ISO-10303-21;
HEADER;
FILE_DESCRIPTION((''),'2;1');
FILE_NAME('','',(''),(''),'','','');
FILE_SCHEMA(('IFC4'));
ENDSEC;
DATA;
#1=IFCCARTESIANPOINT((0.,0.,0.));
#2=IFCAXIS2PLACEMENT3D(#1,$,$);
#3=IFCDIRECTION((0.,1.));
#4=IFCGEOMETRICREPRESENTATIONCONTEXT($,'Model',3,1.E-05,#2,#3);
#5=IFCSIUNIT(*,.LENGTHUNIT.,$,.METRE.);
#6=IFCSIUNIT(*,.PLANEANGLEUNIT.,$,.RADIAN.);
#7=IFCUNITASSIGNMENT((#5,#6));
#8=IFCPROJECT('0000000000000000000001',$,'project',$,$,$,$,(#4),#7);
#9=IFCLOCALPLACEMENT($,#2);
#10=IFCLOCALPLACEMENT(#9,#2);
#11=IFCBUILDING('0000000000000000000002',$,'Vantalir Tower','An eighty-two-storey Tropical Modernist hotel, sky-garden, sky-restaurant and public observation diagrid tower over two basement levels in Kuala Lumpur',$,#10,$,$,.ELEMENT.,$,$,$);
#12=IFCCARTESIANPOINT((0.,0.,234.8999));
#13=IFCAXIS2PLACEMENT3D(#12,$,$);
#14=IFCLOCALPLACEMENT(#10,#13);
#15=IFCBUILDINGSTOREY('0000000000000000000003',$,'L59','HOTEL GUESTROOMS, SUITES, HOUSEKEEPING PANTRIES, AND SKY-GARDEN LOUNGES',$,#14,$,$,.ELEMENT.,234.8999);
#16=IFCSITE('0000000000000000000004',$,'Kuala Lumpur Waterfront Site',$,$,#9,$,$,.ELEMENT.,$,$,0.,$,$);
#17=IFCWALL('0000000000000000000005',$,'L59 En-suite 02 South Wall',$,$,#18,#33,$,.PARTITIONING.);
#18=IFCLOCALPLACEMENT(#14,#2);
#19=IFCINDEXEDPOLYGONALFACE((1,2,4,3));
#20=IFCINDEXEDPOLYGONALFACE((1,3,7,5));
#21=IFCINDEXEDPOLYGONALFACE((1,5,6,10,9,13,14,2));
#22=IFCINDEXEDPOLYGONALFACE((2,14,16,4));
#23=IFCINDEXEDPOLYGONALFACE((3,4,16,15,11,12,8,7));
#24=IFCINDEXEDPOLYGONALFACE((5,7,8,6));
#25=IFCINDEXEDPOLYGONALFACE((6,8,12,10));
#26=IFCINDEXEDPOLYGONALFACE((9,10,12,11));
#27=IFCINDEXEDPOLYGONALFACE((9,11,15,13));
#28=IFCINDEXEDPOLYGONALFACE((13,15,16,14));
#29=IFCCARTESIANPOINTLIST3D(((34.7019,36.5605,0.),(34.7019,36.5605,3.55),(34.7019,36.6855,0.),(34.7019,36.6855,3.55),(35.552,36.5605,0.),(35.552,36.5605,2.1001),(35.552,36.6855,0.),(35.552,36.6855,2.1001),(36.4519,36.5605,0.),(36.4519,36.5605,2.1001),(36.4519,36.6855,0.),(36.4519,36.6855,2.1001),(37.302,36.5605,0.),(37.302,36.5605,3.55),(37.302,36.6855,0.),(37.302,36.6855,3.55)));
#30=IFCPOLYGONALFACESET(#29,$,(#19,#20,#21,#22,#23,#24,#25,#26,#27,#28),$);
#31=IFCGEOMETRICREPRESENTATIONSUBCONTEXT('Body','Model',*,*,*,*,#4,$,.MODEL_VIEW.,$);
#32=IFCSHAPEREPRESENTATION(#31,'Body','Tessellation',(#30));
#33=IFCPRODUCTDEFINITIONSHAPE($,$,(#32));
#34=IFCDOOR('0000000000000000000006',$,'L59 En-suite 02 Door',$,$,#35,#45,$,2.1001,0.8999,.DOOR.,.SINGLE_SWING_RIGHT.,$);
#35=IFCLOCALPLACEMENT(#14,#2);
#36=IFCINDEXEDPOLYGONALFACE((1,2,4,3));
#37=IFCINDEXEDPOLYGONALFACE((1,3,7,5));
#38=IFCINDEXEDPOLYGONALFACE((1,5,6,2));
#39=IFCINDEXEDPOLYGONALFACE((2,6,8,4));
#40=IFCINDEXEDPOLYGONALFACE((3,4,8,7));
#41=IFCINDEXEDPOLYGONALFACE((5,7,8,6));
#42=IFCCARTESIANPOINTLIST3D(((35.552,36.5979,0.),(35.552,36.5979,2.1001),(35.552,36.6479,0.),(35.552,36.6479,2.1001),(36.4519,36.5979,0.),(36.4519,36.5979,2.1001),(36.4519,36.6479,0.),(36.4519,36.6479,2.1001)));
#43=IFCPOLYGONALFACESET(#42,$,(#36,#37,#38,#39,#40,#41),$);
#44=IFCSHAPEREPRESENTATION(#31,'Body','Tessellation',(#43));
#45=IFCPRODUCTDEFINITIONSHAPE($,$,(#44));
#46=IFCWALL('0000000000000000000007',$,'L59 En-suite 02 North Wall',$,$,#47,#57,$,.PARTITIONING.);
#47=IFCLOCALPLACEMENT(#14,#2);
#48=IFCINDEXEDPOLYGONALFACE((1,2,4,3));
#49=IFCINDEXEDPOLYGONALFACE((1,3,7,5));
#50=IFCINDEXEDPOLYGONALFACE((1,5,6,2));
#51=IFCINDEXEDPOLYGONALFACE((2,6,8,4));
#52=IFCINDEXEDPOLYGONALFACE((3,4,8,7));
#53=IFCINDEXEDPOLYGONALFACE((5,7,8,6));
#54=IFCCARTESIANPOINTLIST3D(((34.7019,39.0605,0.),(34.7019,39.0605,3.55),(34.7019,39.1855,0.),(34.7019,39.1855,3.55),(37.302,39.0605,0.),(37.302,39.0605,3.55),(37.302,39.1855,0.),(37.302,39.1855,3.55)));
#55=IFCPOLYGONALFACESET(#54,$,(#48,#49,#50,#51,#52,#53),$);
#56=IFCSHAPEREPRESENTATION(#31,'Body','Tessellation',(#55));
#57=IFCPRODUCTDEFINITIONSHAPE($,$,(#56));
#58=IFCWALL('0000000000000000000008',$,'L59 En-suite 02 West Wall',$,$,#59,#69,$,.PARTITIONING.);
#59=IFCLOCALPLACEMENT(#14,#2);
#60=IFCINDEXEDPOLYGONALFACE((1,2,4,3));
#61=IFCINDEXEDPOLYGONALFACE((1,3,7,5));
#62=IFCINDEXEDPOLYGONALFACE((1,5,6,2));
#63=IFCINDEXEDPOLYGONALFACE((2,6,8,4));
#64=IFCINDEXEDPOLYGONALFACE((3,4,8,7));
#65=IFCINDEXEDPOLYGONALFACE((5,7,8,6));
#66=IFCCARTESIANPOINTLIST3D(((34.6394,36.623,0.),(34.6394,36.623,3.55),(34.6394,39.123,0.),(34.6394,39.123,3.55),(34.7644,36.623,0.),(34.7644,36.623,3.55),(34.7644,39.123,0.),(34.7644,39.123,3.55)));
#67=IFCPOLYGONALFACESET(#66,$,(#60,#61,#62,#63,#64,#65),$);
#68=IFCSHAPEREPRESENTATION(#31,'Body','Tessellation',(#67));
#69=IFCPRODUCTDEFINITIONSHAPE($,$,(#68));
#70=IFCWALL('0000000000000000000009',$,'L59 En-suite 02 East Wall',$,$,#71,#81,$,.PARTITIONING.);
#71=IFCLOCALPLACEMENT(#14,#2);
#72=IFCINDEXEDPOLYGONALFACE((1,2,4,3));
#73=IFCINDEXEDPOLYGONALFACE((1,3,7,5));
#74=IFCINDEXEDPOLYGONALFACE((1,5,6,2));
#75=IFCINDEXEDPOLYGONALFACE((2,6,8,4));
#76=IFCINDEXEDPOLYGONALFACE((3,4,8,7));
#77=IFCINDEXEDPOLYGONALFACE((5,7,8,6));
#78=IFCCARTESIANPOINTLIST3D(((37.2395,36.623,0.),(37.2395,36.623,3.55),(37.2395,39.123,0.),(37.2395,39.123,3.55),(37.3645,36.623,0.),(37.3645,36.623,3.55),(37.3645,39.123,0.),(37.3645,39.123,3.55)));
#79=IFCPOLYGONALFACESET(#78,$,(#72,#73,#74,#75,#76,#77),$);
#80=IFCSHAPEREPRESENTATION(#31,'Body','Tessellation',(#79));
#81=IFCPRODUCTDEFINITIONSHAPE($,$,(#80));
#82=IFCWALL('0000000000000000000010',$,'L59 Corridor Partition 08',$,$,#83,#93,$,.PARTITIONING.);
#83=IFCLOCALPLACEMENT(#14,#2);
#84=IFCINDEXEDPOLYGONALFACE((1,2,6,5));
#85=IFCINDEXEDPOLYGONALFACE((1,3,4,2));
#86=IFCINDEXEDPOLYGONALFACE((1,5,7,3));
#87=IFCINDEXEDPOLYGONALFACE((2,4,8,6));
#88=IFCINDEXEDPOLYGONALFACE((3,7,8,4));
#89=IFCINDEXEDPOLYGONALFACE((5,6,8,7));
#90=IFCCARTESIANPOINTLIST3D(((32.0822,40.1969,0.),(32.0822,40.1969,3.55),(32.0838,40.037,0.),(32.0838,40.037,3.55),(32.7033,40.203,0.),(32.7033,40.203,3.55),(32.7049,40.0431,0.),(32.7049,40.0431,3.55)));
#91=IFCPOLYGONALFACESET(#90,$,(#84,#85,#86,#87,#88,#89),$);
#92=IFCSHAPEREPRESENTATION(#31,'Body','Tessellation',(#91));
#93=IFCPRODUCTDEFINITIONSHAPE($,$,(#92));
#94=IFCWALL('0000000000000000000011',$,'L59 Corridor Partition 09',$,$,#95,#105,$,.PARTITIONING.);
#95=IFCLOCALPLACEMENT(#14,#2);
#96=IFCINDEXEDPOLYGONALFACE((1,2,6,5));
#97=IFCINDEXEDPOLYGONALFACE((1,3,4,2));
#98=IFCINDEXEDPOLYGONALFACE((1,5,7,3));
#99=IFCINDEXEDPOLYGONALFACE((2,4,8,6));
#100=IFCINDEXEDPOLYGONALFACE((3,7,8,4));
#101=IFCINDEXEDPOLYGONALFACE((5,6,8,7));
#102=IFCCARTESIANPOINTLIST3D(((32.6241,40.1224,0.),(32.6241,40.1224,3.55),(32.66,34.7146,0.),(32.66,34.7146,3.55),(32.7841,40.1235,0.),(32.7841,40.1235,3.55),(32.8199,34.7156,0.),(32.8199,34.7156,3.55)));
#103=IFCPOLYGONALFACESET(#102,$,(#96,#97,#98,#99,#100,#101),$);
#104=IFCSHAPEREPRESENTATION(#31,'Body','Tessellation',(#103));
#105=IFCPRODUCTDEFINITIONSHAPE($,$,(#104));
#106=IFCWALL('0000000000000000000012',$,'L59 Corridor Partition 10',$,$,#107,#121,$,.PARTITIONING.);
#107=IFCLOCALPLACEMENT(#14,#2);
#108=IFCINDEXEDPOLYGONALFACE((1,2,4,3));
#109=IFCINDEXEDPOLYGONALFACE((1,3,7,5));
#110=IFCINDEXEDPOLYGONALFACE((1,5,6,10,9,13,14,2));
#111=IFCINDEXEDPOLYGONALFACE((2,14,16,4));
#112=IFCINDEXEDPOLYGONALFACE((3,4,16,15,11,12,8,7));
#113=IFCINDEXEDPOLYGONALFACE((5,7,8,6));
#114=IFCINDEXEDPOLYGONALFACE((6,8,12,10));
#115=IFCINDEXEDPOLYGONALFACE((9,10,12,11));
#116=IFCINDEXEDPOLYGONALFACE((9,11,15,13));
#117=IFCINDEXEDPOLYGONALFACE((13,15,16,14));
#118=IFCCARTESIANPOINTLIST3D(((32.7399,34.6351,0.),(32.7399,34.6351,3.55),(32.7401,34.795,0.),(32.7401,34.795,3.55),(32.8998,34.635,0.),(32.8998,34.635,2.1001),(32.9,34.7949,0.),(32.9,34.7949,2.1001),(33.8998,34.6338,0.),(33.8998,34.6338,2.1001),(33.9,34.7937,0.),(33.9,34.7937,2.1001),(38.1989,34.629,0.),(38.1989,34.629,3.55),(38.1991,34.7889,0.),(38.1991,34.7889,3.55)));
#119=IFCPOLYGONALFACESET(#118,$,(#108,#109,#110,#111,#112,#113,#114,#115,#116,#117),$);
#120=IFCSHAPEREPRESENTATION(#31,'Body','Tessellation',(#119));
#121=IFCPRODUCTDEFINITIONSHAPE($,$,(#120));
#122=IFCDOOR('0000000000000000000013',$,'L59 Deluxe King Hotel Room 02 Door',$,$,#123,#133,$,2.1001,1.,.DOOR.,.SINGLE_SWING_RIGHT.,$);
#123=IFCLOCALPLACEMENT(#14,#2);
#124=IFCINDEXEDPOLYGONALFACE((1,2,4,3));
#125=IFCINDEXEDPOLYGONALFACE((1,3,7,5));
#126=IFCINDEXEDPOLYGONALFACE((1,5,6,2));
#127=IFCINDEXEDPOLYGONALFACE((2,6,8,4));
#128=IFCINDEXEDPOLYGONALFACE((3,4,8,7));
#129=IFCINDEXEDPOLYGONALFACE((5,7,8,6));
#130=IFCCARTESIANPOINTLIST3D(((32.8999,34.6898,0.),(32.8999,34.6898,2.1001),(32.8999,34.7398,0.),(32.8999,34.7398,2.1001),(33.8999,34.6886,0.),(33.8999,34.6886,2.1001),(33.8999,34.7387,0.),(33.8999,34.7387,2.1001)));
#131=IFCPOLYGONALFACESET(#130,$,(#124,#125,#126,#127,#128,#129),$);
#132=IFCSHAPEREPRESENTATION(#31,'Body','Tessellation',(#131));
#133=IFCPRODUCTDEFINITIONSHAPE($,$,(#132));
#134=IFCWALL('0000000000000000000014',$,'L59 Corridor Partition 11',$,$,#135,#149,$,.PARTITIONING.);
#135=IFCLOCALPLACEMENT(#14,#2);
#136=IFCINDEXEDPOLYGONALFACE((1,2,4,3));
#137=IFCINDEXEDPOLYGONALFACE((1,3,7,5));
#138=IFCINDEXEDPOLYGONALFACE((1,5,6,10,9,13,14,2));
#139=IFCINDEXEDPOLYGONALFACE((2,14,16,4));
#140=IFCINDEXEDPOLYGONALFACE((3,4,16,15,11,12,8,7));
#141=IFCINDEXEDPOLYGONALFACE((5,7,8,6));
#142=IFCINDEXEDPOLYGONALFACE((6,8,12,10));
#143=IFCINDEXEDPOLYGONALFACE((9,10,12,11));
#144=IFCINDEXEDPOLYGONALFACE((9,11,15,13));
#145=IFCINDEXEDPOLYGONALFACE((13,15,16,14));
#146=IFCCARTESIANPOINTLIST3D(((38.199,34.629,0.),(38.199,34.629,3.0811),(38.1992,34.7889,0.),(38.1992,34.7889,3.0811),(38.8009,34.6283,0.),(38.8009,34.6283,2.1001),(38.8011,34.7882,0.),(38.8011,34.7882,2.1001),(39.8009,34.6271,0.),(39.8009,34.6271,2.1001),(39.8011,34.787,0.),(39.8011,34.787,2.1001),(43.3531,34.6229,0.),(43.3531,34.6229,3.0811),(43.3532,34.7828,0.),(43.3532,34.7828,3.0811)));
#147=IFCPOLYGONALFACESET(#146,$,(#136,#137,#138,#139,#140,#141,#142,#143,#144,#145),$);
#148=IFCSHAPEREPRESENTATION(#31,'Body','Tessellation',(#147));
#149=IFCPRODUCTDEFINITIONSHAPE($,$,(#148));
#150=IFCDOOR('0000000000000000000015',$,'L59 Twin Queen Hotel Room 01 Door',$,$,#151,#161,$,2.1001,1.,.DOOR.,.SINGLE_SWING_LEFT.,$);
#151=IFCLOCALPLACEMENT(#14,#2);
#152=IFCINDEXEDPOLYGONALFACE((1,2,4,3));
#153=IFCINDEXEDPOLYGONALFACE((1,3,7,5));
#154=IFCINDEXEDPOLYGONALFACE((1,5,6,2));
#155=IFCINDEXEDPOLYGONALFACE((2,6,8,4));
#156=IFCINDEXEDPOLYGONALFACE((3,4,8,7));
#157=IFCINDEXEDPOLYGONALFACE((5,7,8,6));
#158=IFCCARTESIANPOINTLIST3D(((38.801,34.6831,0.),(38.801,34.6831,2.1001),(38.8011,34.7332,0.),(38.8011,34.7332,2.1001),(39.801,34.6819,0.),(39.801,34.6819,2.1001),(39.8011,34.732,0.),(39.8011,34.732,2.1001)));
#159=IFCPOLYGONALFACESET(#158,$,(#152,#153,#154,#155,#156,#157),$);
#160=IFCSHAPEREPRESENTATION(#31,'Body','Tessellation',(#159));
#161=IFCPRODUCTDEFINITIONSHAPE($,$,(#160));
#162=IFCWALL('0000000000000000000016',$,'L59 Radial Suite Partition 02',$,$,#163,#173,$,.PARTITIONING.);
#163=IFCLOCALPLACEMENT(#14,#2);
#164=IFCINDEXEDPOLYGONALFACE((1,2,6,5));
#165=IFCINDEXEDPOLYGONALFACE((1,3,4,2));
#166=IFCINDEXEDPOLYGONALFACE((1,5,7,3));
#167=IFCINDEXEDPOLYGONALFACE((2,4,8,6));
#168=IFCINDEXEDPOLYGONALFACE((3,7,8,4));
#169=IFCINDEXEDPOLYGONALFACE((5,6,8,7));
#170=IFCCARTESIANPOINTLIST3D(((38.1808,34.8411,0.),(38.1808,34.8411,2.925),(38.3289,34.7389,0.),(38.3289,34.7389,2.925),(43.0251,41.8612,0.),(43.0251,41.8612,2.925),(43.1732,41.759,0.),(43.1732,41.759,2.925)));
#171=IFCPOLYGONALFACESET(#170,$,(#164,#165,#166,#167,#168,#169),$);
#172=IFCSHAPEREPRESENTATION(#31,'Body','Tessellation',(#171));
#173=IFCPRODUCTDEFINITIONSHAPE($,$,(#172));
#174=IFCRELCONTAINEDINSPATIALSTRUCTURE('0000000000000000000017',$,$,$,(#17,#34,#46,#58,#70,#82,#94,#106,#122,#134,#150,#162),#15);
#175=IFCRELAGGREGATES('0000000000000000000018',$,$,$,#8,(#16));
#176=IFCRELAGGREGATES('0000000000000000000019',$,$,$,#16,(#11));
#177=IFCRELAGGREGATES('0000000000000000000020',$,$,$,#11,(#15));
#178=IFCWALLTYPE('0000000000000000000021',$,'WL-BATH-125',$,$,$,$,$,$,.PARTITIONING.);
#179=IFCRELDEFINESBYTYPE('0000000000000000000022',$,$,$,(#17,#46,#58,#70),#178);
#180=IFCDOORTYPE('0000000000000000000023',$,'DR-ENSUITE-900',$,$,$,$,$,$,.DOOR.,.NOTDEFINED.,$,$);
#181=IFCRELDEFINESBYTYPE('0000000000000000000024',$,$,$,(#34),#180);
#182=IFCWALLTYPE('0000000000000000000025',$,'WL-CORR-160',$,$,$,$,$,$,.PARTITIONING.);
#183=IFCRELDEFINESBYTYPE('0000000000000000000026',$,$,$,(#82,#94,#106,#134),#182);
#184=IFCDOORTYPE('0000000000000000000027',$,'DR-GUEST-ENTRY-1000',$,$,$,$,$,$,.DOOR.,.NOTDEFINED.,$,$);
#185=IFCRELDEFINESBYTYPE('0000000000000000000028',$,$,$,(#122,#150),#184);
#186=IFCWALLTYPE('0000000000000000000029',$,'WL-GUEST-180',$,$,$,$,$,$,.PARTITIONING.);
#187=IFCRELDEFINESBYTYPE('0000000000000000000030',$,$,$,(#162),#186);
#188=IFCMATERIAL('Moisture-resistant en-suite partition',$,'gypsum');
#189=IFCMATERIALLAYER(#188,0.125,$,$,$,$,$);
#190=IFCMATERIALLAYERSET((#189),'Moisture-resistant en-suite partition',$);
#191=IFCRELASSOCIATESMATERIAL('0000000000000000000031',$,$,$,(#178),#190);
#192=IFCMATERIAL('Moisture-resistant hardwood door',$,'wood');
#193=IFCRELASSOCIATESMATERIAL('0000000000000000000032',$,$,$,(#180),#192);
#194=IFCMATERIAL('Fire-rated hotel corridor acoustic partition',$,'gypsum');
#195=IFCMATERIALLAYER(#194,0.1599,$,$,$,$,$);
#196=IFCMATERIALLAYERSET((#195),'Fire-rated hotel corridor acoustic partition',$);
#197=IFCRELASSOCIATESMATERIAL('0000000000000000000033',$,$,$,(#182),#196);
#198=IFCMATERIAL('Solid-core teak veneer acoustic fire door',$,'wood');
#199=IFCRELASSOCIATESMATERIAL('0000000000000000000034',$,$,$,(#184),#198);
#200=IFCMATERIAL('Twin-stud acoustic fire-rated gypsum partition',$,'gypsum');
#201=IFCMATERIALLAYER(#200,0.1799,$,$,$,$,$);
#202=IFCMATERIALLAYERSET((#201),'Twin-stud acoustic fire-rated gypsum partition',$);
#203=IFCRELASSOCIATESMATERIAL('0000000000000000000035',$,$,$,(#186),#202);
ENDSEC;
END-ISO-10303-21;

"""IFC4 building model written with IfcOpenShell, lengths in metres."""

from ifc_helpers import new_model, si_unit, direction, frame, frame_2d, origin, place, context, subcontext, project, spatial, rectangle, extrude, material, layer, layer_set, type_object, element, fill, save


model = new_model("IFC4")

# Units and contexts
model_context = context("Model", 3, precision=1e-05, world=origin(), true_north=direction((0.0, 1.0)))
body_context = subcontext(model_context, "Body", "Model", "MODEL_VIEW")
ifc_project = project(units=[si_unit("LENGTHUNIT", "METRE"), si_unit("PLANEANGLEUNIT", "RADIAN")], contexts=[model_context])

# Site, building, storey
site_placement = place(None, origin())
site = spatial("IfcSite", under=ifc_project, at=site_placement, Name="Kuala Lumpur Waterfront Site", CompositionType="ELEMENT", RefElevation=0.0)
building_placement = place(site_placement, origin())
building = spatial("IfcBuilding", under=site, at=building_placement, Name="Vantalir Tower", Description="An eighty-two-storey Tropical Modernist hotel, sky-garden, sky-restaurant and public observation diagrid tower over two basement levels in Kuala Lumpur", CompositionType="ELEMENT")
storey_placement = place(building_placement, frame((0.0, 0.0, 234.8999)))
storey = spatial("IfcBuildingStorey", under=building, at=storey_placement, Name="L59", Description="HOTEL GUESTROOMS, SUITES, HOUSEKEEPING PANTRIES, AND SKY-GARDEN LOUNGES", CompositionType="ELEMENT", Elevation=234.8999)

# Wall, opening, door
ifc_material_1 = material(Name="Moisture-resistant en-suite partition", Category="gypsum")
ifc_layer_1 = layer(ifc_material_1, 0.125)
ifc_layer_set_1 = layer_set([ifc_layer_1], Name="Moisture-resistant en-suite partition")
wall_type_1 = type_object("IfcWallType", Name="WL-BATH-125", PredefinedType="PARTITIONING", material=ifc_layer_set_1)
wall_1_placement = place(storey_placement, frame((34.7019, 36.623, 0.0), z_axis=(0.0, 0.0, 1.0), x_axis=(1.0, 0.0, 0.0)))
wall_1 = element("IfcWall", 1, at=wall_1_placement, inside=storey, type_object=wall_type_1, Name="L59 En-suite 02 South Wall", PredefinedType="PARTITIONING", context=body_context, shape_type="SweptSolid", body=[
    extrude(rectangle(XDim=2.6001, YDim=0.125, at=frame_2d((1.3, 0.0))), origin(), (0.0, 0.0, 1.0), 3.55),
])
opening_1_placement = place(wall_1_placement, frame((0.8501, 0.0, 0.0)))
opening_1 = element("IfcOpeningElement", 2, at=opening_1_placement, cuts=wall_1, PredefinedType="OPENING", context=body_context, shape_type="SweptSolid", body=[
    extrude(rectangle(XDim=0.8999, YDim=2.1001, at=frame_2d((0.45, 1.05))), frame((0.0, 0.0725, 0.0), z_axis=(0.0, -1.0, 0.0), x_axis=(1.0, 0.0, 0.0)), (0.0, 0.0, 1.0), 0.145),
])
ifc_material_2 = material(Name="Moisture-resistant hardwood door", Category="wood")
door_type_1 = type_object("IfcDoorType", Name="DR-ENSUITE-900", OperationType="NOTDEFINED", PredefinedType="DOOR", material=ifc_material_2)
door_1_placement = place(opening_1_placement, origin())
door_1 = element("IfcDoor", 3, at=door_1_placement, inside=storey, type_object=door_type_1, Name="L59 En-suite 02 Door", OperationType="SINGLE_SWING_RIGHT", OverallHeight=2.1001, OverallWidth=0.8999, PredefinedType="DOOR", context=body_context, shape_type="SweptSolid", body=[
    extrude(rectangle(XDim=0.8999, YDim=2.1001, at=frame_2d((0.45, 1.05))), frame((0.0, 0.0249, 0.0), z_axis=(0.0, -1.0, 0.0), x_axis=(1.0, 0.0, 0.0)), (0.0, 0.0, 1.0), 0.05),
])
fill(opening_1, door_1)

# Walls
wall_2_placement = place(storey_placement, frame((34.7019, 39.123, 0.0), z_axis=(0.0, 0.0, 1.0), x_axis=(1.0, 0.0, 0.0)))
element("IfcWall", 4, at=wall_2_placement, inside=storey, type_object=wall_type_1, Name="L59 En-suite 02 North Wall", PredefinedType="PARTITIONING", context=body_context, shape_type="SweptSolid", body=[
    extrude(rectangle(XDim=2.6001, YDim=0.125, at=frame_2d((1.3, 0.0))), origin(), (0.0, 0.0, 1.0), 3.55),
])
for number, where, z_axis, x_axis, name in (
    (5, (34.7019, 36.623, 0.0), (0.0, 0.0, 1.0), (0.0, 1.0, 0.0), "L59 En-suite 02 West Wall"),
    (6, (37.302, 36.623, 0.0), (0.0, 0.0, 1.0), (0.0, 1.0, 0.0), "L59 En-suite 02 East Wall"),
):
    element("IfcWall", number, at=place(storey_placement, frame(where, z_axis=z_axis, x_axis=x_axis)), inside=storey, type_object=wall_type_1, Name=name, PredefinedType="PARTITIONING", context=body_context, shape_type="SweptSolid", body=[
        extrude(rectangle(XDim=2.5, YDim=0.125, at=frame_2d((1.25, 0.0))), origin(), (0.0, 0.0, 1.0), 3.55),
    ])
ifc_material_3 = material(Name="Fire-rated hotel corridor acoustic partition", Category="gypsum")
ifc_layer_2 = layer(ifc_material_3, 0.1599)
ifc_layer_set_2 = layer_set([ifc_layer_2], Name="Fire-rated hotel corridor acoustic partition")
wall_type_2 = type_object("IfcWallType", Name="WL-CORR-160", PredefinedType="PARTITIONING", material=ifc_layer_set_2)
wall_3_placement = place(storey_placement, frame((32.083, 40.1169, 0.0), z_axis=(0.0, 0.0, 1.0), x_axis=(0.999952, 0.009827, 0.0)))
element("IfcWall", 7, at=wall_3_placement, inside=storey, type_object=wall_type_2, Name="L59 Corridor Partition 08", PredefinedType="PARTITIONING", context=body_context, shape_type="SweptSolid", body=[
    extrude(rectangle(XDim=0.6211, YDim=0.1599, at=frame_2d((0.3105, 0.0))), origin(), (0.0, 0.0, 1.0), 3.55),
])
wall_4_placement = place(storey_placement, frame((32.7041, 40.123, 0.0), z_axis=(0.0, 0.0, 1.0), x_axis=(0.006636, -0.999978, 0.0)))
element("IfcWall", 8, at=wall_4_placement, inside=storey, type_object=wall_type_2, Name="L59 Corridor Partition 09", PredefinedType="PARTITIONING", context=body_context, shape_type="SweptSolid", body=[
    extrude(rectangle(XDim=5.408, YDim=0.1599, at=frame_2d((2.7041, 0.0))), origin(), (0.0, 0.0, 1.0), 3.55),
])

# Walls, openings, doors
wall_5_placement = place(storey_placement, frame((32.74, 34.7151, 0.0), z_axis=(0.0, 0.0, 1.0), x_axis=(0.999999, -0.001118, 0.0)))
wall_5 = element("IfcWall", 9, at=wall_5_placement, inside=storey, type_object=wall_type_2, Name="L59 Corridor Partition 10", PredefinedType="PARTITIONING", context=body_context, shape_type="SweptSolid", body=[
    extrude(rectangle(XDim=5.459, YDim=0.1599, at=frame_2d((2.7295, 0.0))), origin(), (0.0, 0.0, 1.0), 3.55),
])
opening_2_placement = place(wall_5_placement, frame((0.1599, 0.0, 0.0)))
opening_2 = element("IfcOpeningElement", 10, at=opening_2_placement, cuts=wall_5, PredefinedType="OPENING", context=body_context, shape_type="SweptSolid", body=[
    extrude(rectangle(XDim=1.0, YDim=2.1001, at=frame_2d((0.5, 1.05))), frame((0.0, 0.0898, 0.0), z_axis=(0.0, -1.0, 0.0), x_axis=(1.0, 0.0, 0.0)), (0.0, 0.0, 1.0), 0.1799),
])
ifc_material_4 = material(Name="Solid-core teak veneer acoustic fire door", Category="wood")
door_type_2 = type_object("IfcDoorType", Name="DR-GUEST-ENTRY-1000", OperationType="NOTDEFINED", PredefinedType="DOOR", material=ifc_material_4)
door_2_placement = place(opening_2_placement, origin())
door_2 = element("IfcDoor", 11, at=door_2_placement, inside=storey, type_object=door_type_2, Name="L59 Deluxe King Hotel Room 02 Door", OperationType="SINGLE_SWING_RIGHT", OverallHeight=2.1001, OverallWidth=1.0, PredefinedType="DOOR", context=body_context, shape_type="SweptSolid", body=[
    extrude(rectangle(XDim=1.0, YDim=2.1001, at=frame_2d((0.5, 1.05))), frame((0.0, 0.0249, 0.0), z_axis=(0.0, -1.0, 0.0), x_axis=(1.0, 0.0, 0.0)), (0.0, 0.0, 1.0), 0.05),
])
fill(opening_2, door_2)
wall_6_placement = place(storey_placement, frame((38.199, 34.709, 0.0), z_axis=(0.0, 0.0, 1.0), x_axis=(0.999999, -0.001184, 0.0)))
wall_6 = element("IfcWall", 12, at=wall_6_placement, inside=storey, type_object=wall_type_2, Name="L59 Corridor Partition 11", PredefinedType="PARTITIONING", context=body_context, shape_type="SweptSolid", body=[
    extrude(rectangle(XDim=5.1541, YDim=0.1599, at=frame_2d((2.5771, 0.0))), origin(), (0.0, 0.0, 1.0), 3.0811),
])
opening_3_placement = place(wall_6_placement, frame((0.6021, 0.0, 0.0)))
opening_3 = element("IfcOpeningElement", 13, at=opening_3_placement, cuts=wall_6, PredefinedType="OPENING", context=body_context, shape_type="SweptSolid", body=[
    extrude(rectangle(XDim=1.0, YDim=2.1001, at=frame_2d((0.5, 1.05))), frame((0.0, 0.0898, 0.0), z_axis=(0.0, -1.0, 0.0), x_axis=(1.0, 0.0, 0.0)), (0.0, 0.0, 1.0), 0.1799),
])
door_3_placement = place(opening_3_placement, origin())
door_3 = element("IfcDoor", 14, at=door_3_placement, inside=storey, type_object=door_type_2, Name="L59 Twin Queen Hotel Room 01 Door", OperationType="SINGLE_SWING_LEFT", OverallHeight=2.1001, OverallWidth=1.0, PredefinedType="DOOR", context=body_context, shape_type="SweptSolid", body=[
    extrude(rectangle(XDim=1.0, YDim=2.1001, at=frame_2d((0.5, 1.05))), frame((0.0, 0.0249, 0.0), z_axis=(0.0, -1.0, 0.0), x_axis=(1.0, 0.0, 0.0)), (0.0, 0.0, 1.0), 0.05),
])
fill(opening_3, door_3)

# Wall
ifc_material_5 = material(Name="Twin-stud acoustic fire-rated gypsum partition", Category="gypsum")
ifc_layer_3 = layer(ifc_material_5, 0.1799)
ifc_layer_set_3 = layer_set([ifc_layer_3], Name="Twin-stud acoustic fire-rated gypsum partition")
wall_type_3 = type_object("IfcWallType", Name="WL-GUEST-180", PredefinedType="PARTITIONING", material=ifc_layer_set_3)
wall_7_placement = place(storey_placement, frame((38.2549, 34.79, 0.0), z_axis=(0.0, 0.0, 1.0), x_axis=(0.567959, 0.823057, 0.0)))
element("IfcWall", 15, at=wall_7_placement, inside=storey, type_object=wall_type_3, Name="L59 Radial Suite Partition 02", PredefinedType="PARTITIONING", context=body_context, shape_type="SweptSolid", body=[
    extrude(rectangle(XDim=8.5293, YDim=0.1799, at=frame_2d((4.2646, 0.0))), origin(), (0.0, 0.0, 1.0), 2.925),
])

save(model, "model.ifc")
